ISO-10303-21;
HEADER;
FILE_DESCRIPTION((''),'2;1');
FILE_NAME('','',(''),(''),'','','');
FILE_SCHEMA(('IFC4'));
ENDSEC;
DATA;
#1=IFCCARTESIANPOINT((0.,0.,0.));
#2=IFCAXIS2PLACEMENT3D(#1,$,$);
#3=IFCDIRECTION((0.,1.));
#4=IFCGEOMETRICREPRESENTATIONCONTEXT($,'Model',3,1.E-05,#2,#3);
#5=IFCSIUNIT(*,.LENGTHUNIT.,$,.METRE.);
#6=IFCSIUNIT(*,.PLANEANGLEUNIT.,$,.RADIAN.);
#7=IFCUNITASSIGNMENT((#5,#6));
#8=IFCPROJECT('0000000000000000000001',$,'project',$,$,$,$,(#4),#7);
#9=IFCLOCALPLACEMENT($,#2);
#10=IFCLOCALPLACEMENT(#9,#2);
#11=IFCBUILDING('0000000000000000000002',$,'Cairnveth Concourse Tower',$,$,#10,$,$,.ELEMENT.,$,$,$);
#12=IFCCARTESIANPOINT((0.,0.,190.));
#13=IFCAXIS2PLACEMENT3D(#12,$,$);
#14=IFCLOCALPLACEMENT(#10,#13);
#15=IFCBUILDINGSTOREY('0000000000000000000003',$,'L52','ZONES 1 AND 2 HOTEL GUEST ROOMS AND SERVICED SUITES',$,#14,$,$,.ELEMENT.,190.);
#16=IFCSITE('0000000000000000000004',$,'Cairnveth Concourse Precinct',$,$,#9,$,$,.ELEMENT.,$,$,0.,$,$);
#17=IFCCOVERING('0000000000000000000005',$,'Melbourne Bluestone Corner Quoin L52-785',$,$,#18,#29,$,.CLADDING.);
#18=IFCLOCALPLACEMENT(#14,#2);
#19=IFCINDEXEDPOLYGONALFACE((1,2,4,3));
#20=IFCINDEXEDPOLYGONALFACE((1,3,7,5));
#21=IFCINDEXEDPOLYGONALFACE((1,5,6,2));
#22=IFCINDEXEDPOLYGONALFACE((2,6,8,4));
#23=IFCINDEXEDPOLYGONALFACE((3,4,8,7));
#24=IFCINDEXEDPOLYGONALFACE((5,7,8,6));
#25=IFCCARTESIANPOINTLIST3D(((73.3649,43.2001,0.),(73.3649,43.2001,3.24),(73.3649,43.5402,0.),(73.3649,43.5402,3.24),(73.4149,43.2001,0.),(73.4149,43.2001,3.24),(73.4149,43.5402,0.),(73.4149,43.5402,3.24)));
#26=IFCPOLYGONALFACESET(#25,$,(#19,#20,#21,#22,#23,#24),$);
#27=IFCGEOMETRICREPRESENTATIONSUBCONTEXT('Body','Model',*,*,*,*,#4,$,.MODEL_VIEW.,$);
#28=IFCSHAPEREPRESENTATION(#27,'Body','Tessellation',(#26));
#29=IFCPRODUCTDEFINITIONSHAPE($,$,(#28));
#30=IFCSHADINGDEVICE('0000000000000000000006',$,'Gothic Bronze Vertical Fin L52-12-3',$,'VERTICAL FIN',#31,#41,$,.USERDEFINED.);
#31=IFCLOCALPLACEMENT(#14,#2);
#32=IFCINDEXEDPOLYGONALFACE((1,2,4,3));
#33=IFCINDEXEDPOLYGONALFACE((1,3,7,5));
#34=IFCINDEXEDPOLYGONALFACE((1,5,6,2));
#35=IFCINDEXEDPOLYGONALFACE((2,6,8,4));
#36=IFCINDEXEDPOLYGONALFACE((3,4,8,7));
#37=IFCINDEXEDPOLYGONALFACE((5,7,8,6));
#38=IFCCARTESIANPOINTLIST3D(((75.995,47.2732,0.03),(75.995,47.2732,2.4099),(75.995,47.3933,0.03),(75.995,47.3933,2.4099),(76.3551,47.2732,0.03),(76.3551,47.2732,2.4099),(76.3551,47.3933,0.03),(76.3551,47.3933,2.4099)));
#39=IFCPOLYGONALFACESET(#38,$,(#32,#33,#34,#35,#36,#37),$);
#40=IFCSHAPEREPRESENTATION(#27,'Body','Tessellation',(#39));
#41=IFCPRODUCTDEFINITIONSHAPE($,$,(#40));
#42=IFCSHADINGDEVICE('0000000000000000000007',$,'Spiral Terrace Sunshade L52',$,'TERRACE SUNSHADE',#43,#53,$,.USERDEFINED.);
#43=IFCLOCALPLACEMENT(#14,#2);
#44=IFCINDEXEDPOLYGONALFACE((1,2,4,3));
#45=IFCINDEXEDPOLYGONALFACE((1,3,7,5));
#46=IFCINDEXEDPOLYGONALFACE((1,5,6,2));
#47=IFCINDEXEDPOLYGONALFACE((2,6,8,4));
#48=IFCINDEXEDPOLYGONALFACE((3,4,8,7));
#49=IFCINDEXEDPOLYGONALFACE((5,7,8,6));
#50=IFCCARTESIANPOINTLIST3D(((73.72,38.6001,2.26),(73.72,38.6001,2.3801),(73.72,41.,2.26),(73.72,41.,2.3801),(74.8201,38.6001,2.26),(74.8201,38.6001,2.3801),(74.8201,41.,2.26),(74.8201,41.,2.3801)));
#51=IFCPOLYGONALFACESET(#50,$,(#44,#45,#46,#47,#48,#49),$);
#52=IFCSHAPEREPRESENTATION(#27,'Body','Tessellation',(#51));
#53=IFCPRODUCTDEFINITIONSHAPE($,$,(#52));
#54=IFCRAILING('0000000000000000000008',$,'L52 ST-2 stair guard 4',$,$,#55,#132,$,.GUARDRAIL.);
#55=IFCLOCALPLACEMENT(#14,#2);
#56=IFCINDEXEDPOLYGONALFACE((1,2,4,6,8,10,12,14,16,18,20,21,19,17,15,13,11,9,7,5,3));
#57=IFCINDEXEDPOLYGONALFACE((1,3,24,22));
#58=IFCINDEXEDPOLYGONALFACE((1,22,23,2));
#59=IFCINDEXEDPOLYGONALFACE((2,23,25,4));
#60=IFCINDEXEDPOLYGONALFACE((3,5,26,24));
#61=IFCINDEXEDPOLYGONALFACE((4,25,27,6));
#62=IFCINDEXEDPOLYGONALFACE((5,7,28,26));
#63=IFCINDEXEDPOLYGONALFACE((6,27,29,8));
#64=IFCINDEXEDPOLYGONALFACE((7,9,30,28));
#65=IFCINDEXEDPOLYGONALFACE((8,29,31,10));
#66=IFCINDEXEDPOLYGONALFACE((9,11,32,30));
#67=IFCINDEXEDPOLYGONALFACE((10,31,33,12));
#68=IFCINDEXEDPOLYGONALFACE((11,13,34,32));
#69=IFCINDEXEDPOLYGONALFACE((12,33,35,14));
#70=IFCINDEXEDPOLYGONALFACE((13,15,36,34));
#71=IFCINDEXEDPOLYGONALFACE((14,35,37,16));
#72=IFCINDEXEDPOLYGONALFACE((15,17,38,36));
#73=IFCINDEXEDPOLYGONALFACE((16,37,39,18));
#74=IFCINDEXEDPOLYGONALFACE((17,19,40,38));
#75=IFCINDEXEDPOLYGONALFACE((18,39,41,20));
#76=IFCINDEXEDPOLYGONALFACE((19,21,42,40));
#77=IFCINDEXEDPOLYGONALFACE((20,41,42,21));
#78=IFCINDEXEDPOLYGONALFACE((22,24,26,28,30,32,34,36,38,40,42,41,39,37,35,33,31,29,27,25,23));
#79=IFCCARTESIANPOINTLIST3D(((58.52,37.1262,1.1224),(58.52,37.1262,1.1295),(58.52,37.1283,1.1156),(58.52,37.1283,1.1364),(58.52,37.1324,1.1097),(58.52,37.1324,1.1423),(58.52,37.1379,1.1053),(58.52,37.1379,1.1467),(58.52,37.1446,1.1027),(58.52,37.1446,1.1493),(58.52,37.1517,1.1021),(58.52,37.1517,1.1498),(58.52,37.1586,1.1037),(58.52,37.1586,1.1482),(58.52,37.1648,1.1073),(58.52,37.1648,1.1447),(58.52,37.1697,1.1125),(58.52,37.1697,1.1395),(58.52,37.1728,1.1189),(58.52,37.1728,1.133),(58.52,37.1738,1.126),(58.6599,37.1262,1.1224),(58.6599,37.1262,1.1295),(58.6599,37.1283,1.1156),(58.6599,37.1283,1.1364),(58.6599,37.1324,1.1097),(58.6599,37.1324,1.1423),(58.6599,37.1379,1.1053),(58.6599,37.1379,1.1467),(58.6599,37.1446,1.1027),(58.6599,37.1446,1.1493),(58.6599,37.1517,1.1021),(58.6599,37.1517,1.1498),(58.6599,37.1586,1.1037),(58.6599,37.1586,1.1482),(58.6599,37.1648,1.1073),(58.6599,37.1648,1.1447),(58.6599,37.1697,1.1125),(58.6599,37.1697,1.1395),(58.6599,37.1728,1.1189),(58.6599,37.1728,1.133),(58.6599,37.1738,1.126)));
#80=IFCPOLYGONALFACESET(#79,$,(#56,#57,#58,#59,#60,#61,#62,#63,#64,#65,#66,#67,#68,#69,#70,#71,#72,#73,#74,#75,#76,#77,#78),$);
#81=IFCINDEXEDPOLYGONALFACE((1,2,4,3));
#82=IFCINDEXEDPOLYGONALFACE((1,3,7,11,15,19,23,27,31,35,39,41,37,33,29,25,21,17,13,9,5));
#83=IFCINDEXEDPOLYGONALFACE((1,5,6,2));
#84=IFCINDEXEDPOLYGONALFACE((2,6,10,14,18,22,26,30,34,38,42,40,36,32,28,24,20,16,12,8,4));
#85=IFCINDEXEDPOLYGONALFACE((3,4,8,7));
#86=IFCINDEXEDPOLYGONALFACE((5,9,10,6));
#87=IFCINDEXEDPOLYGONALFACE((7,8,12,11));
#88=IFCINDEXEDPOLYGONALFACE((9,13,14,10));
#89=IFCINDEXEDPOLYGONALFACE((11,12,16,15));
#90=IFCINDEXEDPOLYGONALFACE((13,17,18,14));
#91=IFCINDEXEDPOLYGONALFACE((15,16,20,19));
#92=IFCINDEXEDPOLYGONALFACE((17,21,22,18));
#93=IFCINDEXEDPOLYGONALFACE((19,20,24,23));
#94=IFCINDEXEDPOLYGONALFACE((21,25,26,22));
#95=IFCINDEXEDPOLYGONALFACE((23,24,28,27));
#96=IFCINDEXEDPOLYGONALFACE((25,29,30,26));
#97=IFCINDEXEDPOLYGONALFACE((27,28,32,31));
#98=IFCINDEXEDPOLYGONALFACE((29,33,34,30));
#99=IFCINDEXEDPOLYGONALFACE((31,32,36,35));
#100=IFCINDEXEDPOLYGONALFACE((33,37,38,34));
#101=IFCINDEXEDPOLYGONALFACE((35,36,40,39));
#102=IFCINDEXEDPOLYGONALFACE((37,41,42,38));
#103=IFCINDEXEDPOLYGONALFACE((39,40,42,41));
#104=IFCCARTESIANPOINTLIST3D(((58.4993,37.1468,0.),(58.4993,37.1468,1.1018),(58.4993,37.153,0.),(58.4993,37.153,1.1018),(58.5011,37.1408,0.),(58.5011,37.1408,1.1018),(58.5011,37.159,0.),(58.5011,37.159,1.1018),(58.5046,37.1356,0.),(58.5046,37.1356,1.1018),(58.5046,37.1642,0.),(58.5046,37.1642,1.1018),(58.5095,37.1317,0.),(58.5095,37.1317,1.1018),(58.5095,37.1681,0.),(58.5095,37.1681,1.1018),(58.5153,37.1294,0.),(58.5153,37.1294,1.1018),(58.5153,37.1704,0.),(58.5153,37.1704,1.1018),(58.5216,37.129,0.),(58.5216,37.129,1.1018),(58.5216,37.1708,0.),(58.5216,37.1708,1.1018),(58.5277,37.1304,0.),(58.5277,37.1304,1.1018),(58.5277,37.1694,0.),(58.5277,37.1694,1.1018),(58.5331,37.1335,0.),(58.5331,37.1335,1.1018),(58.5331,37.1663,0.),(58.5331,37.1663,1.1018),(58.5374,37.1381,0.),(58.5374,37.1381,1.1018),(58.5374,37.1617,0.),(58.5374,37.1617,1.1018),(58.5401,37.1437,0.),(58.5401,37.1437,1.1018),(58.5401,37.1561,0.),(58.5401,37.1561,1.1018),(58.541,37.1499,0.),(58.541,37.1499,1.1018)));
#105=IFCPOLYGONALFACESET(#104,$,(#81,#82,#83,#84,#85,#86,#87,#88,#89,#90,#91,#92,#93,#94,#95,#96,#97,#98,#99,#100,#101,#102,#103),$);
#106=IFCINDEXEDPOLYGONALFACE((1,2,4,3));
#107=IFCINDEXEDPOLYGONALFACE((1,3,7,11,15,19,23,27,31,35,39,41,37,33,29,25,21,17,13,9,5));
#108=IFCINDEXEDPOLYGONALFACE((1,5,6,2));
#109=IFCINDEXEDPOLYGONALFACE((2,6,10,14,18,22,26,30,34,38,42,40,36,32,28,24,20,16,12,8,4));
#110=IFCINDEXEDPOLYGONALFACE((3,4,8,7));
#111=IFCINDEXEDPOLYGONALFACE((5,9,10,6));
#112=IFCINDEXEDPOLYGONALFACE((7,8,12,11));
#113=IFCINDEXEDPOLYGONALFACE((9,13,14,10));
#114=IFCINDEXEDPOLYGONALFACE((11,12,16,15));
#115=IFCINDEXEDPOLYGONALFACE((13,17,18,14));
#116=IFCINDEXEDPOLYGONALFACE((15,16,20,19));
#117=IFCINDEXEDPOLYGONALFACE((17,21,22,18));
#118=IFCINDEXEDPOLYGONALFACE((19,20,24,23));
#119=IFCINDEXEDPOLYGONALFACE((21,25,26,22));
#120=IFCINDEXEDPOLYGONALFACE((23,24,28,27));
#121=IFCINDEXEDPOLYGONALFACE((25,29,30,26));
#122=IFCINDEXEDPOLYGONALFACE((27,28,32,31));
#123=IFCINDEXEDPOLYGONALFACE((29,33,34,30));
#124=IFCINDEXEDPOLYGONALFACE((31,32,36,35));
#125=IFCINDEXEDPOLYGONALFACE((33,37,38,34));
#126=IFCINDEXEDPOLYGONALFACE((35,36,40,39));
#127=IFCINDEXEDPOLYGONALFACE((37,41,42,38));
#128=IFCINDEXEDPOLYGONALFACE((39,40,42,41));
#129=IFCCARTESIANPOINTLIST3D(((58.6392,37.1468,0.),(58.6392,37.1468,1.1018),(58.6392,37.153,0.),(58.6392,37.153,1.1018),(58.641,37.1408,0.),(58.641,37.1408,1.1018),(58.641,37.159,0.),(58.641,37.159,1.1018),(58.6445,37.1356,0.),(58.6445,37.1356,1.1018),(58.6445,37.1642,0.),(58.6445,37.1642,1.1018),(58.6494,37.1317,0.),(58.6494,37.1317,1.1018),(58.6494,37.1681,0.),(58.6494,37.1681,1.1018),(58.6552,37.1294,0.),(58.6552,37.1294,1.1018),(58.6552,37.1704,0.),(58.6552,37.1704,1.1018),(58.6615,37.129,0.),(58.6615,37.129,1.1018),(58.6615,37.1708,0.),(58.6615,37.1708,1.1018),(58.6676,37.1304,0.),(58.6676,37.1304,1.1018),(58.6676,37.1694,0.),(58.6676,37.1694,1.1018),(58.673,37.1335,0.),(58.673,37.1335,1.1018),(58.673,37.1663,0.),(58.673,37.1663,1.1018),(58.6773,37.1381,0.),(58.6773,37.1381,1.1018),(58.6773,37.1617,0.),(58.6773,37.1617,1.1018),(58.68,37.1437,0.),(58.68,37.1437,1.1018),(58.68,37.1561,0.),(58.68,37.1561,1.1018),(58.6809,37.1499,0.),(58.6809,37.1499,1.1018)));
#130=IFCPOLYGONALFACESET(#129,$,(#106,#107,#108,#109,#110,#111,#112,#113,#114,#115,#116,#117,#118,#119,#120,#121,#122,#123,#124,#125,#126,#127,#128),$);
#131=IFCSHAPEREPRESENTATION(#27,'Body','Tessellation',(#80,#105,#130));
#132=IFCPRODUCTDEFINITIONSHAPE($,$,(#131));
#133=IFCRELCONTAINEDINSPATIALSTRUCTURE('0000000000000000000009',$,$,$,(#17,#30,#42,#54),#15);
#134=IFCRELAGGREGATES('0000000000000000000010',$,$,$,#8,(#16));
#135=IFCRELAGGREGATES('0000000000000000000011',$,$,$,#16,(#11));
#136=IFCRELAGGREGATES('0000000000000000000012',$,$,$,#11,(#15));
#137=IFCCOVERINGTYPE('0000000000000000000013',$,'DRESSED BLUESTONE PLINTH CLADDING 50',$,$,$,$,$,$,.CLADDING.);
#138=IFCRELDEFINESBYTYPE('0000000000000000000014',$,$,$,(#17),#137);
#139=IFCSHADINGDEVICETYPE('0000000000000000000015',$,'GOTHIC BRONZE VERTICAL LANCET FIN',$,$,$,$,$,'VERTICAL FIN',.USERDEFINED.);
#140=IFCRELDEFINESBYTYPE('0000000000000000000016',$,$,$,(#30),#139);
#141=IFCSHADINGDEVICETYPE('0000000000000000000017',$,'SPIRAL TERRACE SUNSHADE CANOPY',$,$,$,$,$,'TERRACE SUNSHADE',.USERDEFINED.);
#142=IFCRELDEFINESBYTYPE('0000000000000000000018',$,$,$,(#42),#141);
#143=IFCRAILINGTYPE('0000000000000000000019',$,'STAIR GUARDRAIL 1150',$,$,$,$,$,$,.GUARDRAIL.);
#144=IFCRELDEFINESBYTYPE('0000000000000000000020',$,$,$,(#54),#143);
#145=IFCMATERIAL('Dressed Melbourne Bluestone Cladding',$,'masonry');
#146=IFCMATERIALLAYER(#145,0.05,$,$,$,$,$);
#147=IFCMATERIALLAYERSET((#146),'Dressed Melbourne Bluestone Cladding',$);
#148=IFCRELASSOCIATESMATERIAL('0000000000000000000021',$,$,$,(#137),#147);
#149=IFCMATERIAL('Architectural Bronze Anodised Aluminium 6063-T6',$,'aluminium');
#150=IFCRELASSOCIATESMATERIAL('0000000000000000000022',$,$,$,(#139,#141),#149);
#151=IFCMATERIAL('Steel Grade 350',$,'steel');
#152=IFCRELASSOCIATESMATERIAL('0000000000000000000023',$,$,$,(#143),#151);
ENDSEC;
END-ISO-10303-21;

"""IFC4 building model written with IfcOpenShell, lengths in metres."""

from ifc_helpers import new_model, si_unit, direction, frame, frame_2d, origin, origin_2d, place, context, subcontext, project, spatial, rectangle, circle, extrude, material, layer, layer_set, type_object, element, save


model = new_model("IFC4")

# Units and contexts
model_context = context("Model", 3, precision=1e-05, world=origin(), true_north=direction((0.0, 1.0)))
body_context = subcontext(model_context, "Body", "Model", "MODEL_VIEW")
ifc_project = project(units=[si_unit("LENGTHUNIT", "METRE"), si_unit("PLANEANGLEUNIT", "RADIAN")], contexts=[model_context])

# Site, building, storey
site_placement = place(None, origin())
site = spatial("IfcSite", under=ifc_project, at=site_placement, Name="Cairnveth Concourse Precinct", CompositionType="ELEMENT", RefElevation=0.0)
building_placement = place(site_placement, origin())
building = spatial("IfcBuilding", under=site, at=building_placement, Name="Cairnveth Concourse Tower", CompositionType="ELEMENT")
storey_placement = place(building_placement, frame((0.0, 0.0, 190.0)))
storey = spatial("IfcBuildingStorey", under=building, at=storey_placement, Name="L52", Description="ZONES 1 AND 2 HOTEL GUEST ROOMS AND SERVICED SUITES", CompositionType="ELEMENT", Elevation=190.0)

# Shared definitions
ifc_material_1 = material(Name="Steel Grade 350", Category="steel")

# Shared definitions
ifc_material_2 = material(Name="Architectural Bronze Anodised Aluminium 6063-T6", Category="aluminium")

# Covering
ifc_material_3 = material(Name="Dressed Melbourne Bluestone Cladding", Category="masonry")
ifc_layer_1 = layer(ifc_material_3, 0.05)
ifc_layer_set_1 = layer_set([ifc_layer_1], Name="Dressed Melbourne Bluestone Cladding")
covering_type = type_object("IfcCoveringType", Name="DRESSED BLUESTONE PLINTH CLADDING 50", PredefinedType="CLADDING", material=ifc_layer_set_1)
for number, where, z_axis, x_axis, name in (
    (1, (73.3899, 43.54, 0.0), (0.0, 0.0, 1.0), (0.0, -1.0, 0.0), "Melbourne Bluestone Corner Quoin L52-785"),
):
    element("IfcCovering", number, at=place(storey_placement, frame(where, z_axis=z_axis, x_axis=x_axis)), inside=storey, type_object=covering_type, Name=name, PredefinedType="CLADDING", context=body_context, shape_type="SweptSolid", body=[
        extrude(rectangle(XDim=0.3401, YDim=0.05, at=frame_2d((0.1699, 0.0))), origin(), (0.0, 0.0, 1.0), 3.24),
    ])

# Shading devices
shading_device_type_1 = type_object("IfcShadingDeviceType", Name="GOTHIC BRONZE VERTICAL LANCET FIN", ElementType="VERTICAL FIN", PredefinedType="USERDEFINED", material=ifc_material_2)
shading_device_1_placement = place(storey_placement, frame((76.175, 47.3333, 0.03), z_axis=(0.0, 0.0, 1.0), x_axis=(0.0, 1.0, 0.0)))
element("IfcShadingDevice", 2, at=shading_device_1_placement, inside=storey, type_object=shading_device_type_1, Name="Gothic Bronze Vertical Fin L52-12-3", ObjectType="VERTICAL FIN", PredefinedType="USERDEFINED", context=body_context, shape_type="SweptSolid", body=[
    extrude(rectangle(XDim=0.1201, YDim=0.3601, at=origin_2d()), origin(), (0.0, 0.0, 1.0), 2.3799),
])
shading_device_type_2 = type_object("IfcShadingDeviceType", Name="SPIRAL TERRACE SUNSHADE CANOPY", ElementType="TERRACE SUNSHADE", PredefinedType="USERDEFINED", material=ifc_material_2)
shading_device_2_placement = place(storey_placement, frame((74.27, 39.8, 2.26), z_axis=(0.0, 0.0, 1.0), x_axis=(1.0, 0.0, 0.0)))
element("IfcShadingDevice", 3, at=shading_device_2_placement, inside=storey, type_object=shading_device_type_2, Name="Spiral Terrace Sunshade L52", ObjectType="TERRACE SUNSHADE", PredefinedType="USERDEFINED", context=body_context, shape_type="SweptSolid", body=[
    extrude(rectangle(XDim=1.1001, YDim=2.3999, at=origin_2d()), origin(), (0.0, 0.0, 1.0), 0.1201),
])

# Railing
railing_type = type_object("IfcRailingType", Name="STAIR GUARDRAIL 1150", PredefinedType="GUARDRAIL", material=ifc_material_1)
railing_placement = place(storey_placement, frame((58.52, 37.1499, 0.0)))
element("IfcRailing", 4, at=railing_placement, inside=storey, type_object=railing_type, Name="L52 ST-2 stair guard 4", PredefinedType="GUARDRAIL", context=body_context, shape_type="SweptSolid", body=[
    extrude(circle(Radius=0.0239, at=origin_2d()), frame((0.0, 0.0, 1.126), z_axis=(1.0, 0.0, 0.0), x_axis=(0.0, 1.0, 0.0)), (0.0, 0.0, 1.0), 0.1399),
    extrude(circle(Radius=0.021, at=origin_2d()), origin(), (0.0, 0.0, 1.0), 1.1018),
    extrude(circle(Radius=0.021, at=origin_2d()), frame((0.1399, 0.0, 0.0)), (0.0, 0.0, 1.0), 1.1018),
])

save(model, "model.ifc")
